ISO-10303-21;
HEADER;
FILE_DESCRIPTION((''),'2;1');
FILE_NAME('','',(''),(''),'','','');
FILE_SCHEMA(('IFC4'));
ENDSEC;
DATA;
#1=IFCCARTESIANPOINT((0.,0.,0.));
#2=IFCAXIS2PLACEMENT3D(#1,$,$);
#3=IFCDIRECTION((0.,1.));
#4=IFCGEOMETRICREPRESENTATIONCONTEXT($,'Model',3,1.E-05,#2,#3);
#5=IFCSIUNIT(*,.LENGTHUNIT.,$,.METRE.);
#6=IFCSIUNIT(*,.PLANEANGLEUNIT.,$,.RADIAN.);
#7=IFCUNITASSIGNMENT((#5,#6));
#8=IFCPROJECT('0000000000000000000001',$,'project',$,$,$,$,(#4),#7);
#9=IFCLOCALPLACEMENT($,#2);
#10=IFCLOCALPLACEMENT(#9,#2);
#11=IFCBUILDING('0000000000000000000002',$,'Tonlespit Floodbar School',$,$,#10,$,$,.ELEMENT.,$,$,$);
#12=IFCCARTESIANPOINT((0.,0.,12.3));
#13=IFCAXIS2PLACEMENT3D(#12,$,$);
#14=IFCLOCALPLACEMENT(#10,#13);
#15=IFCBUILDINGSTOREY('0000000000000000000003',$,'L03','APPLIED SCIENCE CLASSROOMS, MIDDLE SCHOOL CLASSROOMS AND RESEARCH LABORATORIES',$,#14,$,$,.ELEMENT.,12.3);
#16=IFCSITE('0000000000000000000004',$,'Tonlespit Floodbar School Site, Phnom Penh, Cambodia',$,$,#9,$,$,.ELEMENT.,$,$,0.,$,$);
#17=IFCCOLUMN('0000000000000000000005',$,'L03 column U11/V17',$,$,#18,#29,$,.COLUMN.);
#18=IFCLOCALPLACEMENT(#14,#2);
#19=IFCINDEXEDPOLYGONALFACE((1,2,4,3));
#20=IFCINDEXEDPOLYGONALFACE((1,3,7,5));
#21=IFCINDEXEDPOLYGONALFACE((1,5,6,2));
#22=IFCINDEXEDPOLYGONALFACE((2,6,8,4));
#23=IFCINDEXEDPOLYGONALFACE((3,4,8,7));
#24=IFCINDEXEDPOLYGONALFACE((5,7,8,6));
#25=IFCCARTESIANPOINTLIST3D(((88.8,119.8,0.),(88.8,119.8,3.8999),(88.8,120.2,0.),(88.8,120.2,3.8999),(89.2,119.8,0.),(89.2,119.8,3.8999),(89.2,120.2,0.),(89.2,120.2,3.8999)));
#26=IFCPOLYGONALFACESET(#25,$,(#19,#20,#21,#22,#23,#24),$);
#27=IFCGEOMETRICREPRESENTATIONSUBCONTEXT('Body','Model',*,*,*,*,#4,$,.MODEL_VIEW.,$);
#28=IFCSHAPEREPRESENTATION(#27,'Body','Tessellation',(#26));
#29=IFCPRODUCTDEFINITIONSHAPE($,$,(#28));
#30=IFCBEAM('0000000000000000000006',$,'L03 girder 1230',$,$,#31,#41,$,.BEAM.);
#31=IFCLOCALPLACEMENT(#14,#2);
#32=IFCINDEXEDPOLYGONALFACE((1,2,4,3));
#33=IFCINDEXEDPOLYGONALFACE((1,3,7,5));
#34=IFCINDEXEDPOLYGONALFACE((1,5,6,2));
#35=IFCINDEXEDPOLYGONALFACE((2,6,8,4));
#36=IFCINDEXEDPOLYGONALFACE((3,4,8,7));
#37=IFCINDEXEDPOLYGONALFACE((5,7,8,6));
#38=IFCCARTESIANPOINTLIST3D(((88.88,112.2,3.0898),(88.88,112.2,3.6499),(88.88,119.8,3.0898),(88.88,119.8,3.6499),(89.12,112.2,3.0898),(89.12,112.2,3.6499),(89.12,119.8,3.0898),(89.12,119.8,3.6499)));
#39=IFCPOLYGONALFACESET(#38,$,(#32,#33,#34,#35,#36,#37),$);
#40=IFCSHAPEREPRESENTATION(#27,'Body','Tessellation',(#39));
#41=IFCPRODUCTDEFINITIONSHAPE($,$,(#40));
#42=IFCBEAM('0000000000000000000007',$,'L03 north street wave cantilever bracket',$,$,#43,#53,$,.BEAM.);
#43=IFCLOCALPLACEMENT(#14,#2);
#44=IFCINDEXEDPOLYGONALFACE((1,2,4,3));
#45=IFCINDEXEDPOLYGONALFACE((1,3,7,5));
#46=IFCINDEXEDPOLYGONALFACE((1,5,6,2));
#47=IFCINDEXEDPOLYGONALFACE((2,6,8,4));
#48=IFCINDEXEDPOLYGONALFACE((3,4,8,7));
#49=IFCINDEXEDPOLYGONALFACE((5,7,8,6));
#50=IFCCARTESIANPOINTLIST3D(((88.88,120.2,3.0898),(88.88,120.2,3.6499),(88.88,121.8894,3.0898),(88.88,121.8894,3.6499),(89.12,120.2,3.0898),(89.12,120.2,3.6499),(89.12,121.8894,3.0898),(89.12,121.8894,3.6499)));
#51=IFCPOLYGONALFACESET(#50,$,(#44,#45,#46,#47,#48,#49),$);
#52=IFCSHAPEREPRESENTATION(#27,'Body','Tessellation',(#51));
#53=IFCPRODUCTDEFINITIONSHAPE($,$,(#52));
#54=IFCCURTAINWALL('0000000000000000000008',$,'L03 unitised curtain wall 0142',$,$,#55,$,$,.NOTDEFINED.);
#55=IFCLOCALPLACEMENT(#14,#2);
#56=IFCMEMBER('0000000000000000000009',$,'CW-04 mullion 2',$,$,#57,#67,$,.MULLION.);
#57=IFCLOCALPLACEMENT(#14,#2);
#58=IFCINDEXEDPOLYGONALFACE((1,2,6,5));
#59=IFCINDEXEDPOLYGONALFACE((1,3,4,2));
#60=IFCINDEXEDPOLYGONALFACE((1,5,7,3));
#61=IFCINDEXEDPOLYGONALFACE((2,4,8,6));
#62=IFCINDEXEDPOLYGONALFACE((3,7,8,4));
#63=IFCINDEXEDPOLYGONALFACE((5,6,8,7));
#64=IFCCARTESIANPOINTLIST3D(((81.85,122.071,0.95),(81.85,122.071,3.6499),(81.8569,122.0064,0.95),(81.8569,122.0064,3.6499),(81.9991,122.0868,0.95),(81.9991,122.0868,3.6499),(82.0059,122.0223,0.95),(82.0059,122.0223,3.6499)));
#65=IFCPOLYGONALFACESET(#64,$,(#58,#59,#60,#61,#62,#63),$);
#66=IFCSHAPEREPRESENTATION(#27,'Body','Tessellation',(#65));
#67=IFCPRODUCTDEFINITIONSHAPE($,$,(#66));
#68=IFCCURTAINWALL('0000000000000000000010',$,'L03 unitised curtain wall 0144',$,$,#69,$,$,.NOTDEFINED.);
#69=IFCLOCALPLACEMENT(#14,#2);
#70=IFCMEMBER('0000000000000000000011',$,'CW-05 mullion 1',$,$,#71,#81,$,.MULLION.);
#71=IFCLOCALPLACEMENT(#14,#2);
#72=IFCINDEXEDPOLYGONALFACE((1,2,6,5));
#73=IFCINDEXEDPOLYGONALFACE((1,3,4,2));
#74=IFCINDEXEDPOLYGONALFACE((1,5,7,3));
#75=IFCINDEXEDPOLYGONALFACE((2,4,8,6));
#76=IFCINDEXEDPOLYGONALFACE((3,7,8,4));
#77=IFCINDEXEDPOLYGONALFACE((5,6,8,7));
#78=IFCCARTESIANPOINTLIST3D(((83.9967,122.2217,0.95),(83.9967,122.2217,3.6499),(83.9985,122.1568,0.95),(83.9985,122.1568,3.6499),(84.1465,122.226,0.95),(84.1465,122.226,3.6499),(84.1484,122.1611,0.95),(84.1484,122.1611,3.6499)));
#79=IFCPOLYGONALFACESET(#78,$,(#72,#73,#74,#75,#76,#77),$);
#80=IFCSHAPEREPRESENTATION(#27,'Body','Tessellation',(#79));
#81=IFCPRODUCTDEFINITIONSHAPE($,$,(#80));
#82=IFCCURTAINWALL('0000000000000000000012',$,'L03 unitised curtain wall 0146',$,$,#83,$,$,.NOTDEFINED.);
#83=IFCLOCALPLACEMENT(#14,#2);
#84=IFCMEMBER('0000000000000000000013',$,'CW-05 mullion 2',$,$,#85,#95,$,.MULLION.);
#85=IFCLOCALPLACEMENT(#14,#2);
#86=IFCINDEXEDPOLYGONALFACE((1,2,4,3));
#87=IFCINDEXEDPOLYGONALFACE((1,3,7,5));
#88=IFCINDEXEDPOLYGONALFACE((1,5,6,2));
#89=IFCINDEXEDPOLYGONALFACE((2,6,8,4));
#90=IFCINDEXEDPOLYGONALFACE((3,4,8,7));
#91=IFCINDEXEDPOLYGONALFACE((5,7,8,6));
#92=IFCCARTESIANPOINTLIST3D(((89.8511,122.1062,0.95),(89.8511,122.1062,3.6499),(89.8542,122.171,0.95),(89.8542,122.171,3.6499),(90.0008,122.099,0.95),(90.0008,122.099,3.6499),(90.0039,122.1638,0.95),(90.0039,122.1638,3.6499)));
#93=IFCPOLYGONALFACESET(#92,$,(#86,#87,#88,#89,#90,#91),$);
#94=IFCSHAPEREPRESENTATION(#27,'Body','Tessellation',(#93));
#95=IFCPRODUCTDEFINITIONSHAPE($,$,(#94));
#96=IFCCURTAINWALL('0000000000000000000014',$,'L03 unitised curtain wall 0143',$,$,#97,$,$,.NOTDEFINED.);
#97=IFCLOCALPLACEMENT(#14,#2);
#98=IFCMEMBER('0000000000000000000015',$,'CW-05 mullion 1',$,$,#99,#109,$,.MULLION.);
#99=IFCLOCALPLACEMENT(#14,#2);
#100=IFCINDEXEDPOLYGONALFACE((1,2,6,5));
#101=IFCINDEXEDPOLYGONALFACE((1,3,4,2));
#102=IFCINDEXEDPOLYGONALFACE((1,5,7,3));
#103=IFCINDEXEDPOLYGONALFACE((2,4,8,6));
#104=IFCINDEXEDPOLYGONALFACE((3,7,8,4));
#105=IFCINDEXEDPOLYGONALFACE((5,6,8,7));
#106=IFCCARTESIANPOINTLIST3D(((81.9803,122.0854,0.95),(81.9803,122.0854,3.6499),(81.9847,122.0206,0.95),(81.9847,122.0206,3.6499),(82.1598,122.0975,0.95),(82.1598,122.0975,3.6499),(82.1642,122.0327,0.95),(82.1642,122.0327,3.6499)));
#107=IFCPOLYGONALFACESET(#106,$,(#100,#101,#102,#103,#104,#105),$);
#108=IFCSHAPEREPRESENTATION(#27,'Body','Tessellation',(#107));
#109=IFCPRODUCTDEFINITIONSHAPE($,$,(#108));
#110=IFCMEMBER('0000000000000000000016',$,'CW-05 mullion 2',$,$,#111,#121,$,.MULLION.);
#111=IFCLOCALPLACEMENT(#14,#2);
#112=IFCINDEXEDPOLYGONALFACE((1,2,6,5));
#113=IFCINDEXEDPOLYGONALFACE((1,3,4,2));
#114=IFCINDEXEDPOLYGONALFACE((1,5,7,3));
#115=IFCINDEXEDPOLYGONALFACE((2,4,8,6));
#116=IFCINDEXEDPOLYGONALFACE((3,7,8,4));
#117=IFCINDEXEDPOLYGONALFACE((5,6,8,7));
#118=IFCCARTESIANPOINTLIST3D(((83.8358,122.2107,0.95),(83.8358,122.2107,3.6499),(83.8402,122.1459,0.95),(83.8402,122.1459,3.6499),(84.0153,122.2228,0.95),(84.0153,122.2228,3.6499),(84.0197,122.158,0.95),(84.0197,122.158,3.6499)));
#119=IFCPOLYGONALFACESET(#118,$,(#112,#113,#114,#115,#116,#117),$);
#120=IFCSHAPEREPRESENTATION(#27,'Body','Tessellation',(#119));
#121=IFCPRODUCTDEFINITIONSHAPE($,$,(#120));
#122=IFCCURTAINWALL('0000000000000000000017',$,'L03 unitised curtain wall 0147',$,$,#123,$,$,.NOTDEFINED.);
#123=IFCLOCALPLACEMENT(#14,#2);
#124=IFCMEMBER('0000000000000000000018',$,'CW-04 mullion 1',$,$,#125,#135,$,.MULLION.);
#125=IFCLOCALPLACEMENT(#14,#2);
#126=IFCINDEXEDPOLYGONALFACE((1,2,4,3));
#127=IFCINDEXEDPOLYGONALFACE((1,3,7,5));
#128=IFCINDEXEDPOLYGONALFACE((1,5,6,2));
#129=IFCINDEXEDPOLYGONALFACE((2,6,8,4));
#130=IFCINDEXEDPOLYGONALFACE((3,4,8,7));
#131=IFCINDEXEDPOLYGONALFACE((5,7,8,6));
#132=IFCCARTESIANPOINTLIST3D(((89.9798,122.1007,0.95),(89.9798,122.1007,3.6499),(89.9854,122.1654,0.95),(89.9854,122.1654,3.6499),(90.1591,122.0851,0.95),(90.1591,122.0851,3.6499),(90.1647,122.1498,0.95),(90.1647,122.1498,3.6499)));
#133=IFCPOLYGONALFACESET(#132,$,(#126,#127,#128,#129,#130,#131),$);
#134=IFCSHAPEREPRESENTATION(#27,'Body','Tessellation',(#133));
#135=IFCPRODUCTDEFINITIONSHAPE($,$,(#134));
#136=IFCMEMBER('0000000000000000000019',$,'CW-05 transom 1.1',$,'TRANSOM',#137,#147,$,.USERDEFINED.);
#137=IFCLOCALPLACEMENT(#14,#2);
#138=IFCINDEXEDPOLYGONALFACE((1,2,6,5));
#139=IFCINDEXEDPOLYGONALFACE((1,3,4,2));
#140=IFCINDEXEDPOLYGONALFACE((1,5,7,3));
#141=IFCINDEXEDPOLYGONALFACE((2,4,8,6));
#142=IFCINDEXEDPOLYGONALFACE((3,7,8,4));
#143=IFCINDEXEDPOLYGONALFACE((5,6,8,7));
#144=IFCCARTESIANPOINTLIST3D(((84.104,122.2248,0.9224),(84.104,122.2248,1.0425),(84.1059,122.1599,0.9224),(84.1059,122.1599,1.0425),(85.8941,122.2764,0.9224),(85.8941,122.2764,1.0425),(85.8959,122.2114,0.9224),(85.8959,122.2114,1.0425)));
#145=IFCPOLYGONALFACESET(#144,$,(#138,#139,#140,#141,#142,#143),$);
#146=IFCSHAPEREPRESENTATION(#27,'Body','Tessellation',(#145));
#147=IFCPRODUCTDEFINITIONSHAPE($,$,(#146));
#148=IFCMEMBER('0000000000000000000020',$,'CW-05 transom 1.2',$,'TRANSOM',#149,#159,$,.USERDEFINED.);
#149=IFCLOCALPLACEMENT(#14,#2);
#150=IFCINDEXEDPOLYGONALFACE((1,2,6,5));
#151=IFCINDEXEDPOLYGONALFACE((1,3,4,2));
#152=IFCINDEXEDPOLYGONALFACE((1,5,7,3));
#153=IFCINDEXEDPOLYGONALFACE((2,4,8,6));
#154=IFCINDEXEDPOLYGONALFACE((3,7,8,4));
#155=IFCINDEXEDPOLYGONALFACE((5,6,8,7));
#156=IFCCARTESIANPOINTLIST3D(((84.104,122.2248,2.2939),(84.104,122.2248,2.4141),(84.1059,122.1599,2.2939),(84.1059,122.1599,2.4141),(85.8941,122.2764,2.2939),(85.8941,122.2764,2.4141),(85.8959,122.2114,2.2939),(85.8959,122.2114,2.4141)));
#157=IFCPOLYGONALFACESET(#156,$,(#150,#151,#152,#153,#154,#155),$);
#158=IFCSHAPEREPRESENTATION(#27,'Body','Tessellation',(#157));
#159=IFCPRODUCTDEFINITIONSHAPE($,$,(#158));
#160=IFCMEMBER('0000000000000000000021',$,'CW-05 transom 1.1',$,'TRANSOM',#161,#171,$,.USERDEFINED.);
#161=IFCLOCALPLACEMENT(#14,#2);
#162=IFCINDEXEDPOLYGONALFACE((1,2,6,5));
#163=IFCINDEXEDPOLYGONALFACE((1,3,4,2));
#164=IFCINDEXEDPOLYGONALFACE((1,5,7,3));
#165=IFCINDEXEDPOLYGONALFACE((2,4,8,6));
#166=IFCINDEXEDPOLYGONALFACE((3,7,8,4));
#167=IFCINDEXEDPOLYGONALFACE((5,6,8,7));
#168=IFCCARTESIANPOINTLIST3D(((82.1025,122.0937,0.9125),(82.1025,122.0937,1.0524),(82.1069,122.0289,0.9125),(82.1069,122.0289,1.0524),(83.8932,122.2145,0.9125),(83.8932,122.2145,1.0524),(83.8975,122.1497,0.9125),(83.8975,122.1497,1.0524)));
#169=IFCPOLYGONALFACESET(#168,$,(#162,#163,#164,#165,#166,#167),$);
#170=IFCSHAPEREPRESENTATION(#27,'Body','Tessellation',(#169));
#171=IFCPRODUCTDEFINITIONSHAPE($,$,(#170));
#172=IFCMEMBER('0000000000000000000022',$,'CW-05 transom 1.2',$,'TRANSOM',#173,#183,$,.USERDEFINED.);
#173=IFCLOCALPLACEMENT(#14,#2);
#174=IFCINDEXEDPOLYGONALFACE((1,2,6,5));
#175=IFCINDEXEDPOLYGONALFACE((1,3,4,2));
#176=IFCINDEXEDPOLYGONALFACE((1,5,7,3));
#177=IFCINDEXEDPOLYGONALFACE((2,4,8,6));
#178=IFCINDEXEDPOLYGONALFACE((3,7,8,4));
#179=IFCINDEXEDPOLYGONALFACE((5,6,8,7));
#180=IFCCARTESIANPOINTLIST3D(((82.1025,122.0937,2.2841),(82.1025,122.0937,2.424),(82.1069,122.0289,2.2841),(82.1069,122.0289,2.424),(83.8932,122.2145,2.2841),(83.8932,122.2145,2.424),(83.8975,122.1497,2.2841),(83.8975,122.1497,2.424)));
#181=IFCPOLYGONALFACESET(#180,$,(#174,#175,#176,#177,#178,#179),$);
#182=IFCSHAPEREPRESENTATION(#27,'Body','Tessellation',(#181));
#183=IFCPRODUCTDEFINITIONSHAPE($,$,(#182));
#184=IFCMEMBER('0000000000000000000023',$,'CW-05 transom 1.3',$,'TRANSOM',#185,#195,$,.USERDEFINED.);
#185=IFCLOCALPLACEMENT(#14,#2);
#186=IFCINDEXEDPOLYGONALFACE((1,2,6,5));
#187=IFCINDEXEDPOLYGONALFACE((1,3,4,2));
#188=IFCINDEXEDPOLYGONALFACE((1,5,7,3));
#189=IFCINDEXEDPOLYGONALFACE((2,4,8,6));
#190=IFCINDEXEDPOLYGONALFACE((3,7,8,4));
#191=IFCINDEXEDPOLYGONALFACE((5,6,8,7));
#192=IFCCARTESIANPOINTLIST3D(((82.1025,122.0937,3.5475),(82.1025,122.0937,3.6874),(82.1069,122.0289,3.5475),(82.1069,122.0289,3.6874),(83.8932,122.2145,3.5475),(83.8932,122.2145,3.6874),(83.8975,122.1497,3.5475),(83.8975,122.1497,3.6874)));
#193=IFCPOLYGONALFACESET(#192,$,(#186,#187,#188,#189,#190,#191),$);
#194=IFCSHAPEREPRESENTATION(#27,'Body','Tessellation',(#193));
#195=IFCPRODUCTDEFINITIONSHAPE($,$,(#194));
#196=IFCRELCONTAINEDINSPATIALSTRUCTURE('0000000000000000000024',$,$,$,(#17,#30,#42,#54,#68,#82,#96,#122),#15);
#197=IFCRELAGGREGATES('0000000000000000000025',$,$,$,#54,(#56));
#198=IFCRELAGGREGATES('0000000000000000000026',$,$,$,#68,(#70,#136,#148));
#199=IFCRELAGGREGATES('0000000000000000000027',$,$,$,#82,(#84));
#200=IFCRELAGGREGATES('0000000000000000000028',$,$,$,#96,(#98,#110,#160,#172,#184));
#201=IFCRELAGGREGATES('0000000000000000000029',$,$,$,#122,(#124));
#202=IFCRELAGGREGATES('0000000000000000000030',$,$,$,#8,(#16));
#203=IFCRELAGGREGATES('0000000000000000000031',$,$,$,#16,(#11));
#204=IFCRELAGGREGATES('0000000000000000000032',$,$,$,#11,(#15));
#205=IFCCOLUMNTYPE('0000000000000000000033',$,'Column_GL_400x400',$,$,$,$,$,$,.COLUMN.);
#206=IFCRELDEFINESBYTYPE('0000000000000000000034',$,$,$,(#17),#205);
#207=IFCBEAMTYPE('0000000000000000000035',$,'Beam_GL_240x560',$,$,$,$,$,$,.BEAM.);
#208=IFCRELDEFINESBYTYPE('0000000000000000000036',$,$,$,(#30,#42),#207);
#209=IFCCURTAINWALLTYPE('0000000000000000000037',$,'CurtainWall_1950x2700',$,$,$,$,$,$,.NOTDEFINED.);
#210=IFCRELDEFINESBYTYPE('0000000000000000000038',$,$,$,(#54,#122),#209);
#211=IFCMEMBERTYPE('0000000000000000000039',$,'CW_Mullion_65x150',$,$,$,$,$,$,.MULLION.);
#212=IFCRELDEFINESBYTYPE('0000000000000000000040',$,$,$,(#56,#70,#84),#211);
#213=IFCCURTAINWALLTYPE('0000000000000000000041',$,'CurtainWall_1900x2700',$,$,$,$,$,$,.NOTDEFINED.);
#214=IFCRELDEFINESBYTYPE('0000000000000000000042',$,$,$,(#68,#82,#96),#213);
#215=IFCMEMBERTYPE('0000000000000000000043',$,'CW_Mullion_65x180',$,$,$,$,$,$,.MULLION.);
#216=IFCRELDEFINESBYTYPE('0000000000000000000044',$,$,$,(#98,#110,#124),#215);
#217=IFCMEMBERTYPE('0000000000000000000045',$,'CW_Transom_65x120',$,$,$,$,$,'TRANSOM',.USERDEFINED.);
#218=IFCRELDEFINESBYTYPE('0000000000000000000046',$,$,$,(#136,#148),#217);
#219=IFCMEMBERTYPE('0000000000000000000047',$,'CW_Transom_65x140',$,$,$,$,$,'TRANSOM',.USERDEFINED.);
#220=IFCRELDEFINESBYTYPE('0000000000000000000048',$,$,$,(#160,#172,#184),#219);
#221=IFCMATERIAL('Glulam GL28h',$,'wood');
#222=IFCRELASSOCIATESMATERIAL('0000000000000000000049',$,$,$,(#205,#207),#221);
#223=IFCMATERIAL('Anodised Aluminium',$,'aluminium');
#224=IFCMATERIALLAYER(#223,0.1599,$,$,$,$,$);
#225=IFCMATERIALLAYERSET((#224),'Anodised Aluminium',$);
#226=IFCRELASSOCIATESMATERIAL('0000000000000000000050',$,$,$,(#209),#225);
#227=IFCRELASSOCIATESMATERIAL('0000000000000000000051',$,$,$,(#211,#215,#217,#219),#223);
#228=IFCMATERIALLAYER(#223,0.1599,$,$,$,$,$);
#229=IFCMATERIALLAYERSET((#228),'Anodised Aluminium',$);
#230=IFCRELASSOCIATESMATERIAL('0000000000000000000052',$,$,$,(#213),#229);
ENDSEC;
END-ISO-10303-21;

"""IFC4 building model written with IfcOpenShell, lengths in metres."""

from ifc_helpers import new_model, si_unit, direction, frame, origin, origin_2d, place, context, subcontext, project, spatial, rectangle, extrude, material, layer, layer_set, material_profile, profile_set, type_object, element, aggregate, save


model = new_model("IFC4")

# Units and contexts
model_context = context("Model", 3, precision=1e-05, world=origin(), true_north=direction((0.0, 1.0)))
body_context = subcontext(model_context, "Body", "Model", "MODEL_VIEW")
ifc_project = project(units=[si_unit("LENGTHUNIT", "METRE"), si_unit("PLANEANGLEUNIT", "RADIAN")], contexts=[model_context])

# Site, building, storey
site_placement = place(None, origin())
site = spatial("IfcSite", under=ifc_project, at=site_placement, Name="Tonlespit Floodbar School Site, Phnom Penh, Cambodia", CompositionType="ELEMENT", RefElevation=0.0)
building_placement = place(site_placement, origin())
building = spatial("IfcBuilding", under=site, at=building_placement, Name="Tonlespit Floodbar School", CompositionType="ELEMENT")
storey_placement = place(building_placement, frame((0.0, 0.0, 12.3)))
storey = spatial("IfcBuildingStorey", under=building, at=storey_placement, Name="L03", Description="APPLIED SCIENCE CLASSROOMS, MIDDLE SCHOOL CLASSROOMS AND RESEARCH LABORATORIES", CompositionType="ELEMENT", Elevation=12.3)

# Column
ifc_material_1 = material(Name="Glulam GL28h", Category="wood")
ifc_material_profile_1 = material_profile(ifc_material_1, rectangle(XDim=0.3999, YDim=0.3999, at=origin_2d()), Name="GL 400x400")
ifc_profile_set_1 = profile_set([ifc_material_profile_1], Name="Glulam GL28h")
column_type = type_object("IfcColumnType", Name="Column_GL_400x400", PredefinedType="COLUMN", material=ifc_profile_set_1)
column_placement = place(storey_placement, frame((89.0, 120.0, 0.0), z_axis=(0.0, 0.0, 1.0), x_axis=(1.0, 0.0, 0.0)))
element("IfcColumn", 1, at=column_placement, inside=storey, type_object=column_type, Name="L03 column U11/V17", PredefinedType="COLUMN", context=body_context, shape_type="SweptSolid", body=[
    extrude(rectangle(XDim=0.3999, YDim=0.3999, at=origin_2d()), origin(), (0.0, 0.0, 1.0), 3.8999),
])

# Beams
ifc_material_profile_2 = material_profile(ifc_material_1, rectangle(XDim=0.24, YDim=0.5601, at=origin_2d()), Name="GL 240x560")
ifc_profile_set_2 = profile_set([ifc_material_profile_2], Name="Glulam GL28h")
beam_type_1 = type_object("IfcBeamType", Name="Beam_GL_240x560", PredefinedType="BEAM", material=ifc_profile_set_2)
beam_1_placement = place(storey_placement, frame((89.0, 112.2, 3.3699), z_axis=(0.0, 1.0, 0.0), x_axis=(-1.0, 0.0, 0.0)))
element("IfcBeam", 2, at=beam_1_placement, inside=storey, type_object=beam_type_1, Name="L03 girder 1230", PredefinedType="BEAM", context=body_context, shape_type="SweptSolid", body=[
    extrude(rectangle(XDim=0.24, YDim=0.5601, at=origin_2d()), origin(), (0.0, 0.0, 1.0), 7.6001),
])
beam_2_placement = place(storey_placement, frame((89.0, 120.2, 3.3699), z_axis=(0.0, 1.0, 0.0), x_axis=(-1.0, 0.0, 0.0)))
element("IfcBeam", 3, at=beam_2_placement, inside=storey, type_object=beam_type_1, Name="L03 north street wave cantilever bracket", PredefinedType="BEAM", context=body_context, shape_type="SweptSolid", body=[
    extrude(rectangle(XDim=0.24, YDim=0.5601, at=origin_2d()), origin(), (0.0, 0.0, 1.0), 1.6895),
])

# Curtain walls, members
ifc_material_2 = material(Name="Anodised Aluminium", Category="aluminium")
ifc_layer_1 = layer(ifc_material_2, 0.1599)
ifc_layer_set_1 = layer_set([ifc_layer_1], Name="Anodised Aluminium")
curtain_wall_type_1 = type_object("IfcCurtainWallType", Name="CurtainWall_1950x2700", PredefinedType="NOTDEFINED", material=ifc_layer_set_1)
curtain_wall_1_placement = place(storey_placement, origin())
curtain_wall_1 = element("IfcCurtainWall", 4, at=curtain_wall_1_placement, inside=storey, type_object=curtain_wall_type_1, Name="L03 unitised curtain wall 0142", PredefinedType="NOTDEFINED")
ifc_material_profile_3 = material_profile(ifc_material_2, rectangle(XDim=0.0649, YDim=0.1499, at=origin_2d()), Name="ALU M65x150")
ifc_profile_set_3 = profile_set([ifc_material_profile_3], Name="Anodised Aluminium")
member_type_1 = type_object("IfcMemberType", Name="CW_Mullion_65x150", PredefinedType="MULLION", material=ifc_profile_set_3)
member_1_placement = place(storey_placement, frame((81.928, 122.0466, 0.95), z_axis=(0.0, 0.0, 1.0), x_axis=(-0.105787, 0.994389, 0.0)))
member_1 = element("IfcMember", 5, at=member_1_placement, type_object=member_type_1, Name="CW-04 mullion 2", PredefinedType="MULLION", context=body_context, shape_type="SweptSolid", body=[
    extrude(rectangle(XDim=0.0649, YDim=0.1499, at=origin_2d()), origin(), (0.0, 0.0, 1.0), 2.7),
])
aggregate(curtain_wall_1, [member_1])
ifc_layer_2 = layer(ifc_material_2, 0.1599)
ifc_layer_set_2 = layer_set([ifc_layer_2], Name="Anodised Aluminium")
curtain_wall_type_2 = type_object("IfcCurtainWallType", Name="CurtainWall_1900x2700", PredefinedType="NOTDEFINED", material=ifc_layer_set_2)
curtain_wall_2_placement = place(storey_placement, origin())
curtain_wall_2 = element("IfcCurtainWall", 6, at=curtain_wall_2_placement, inside=storey, type_object=curtain_wall_type_2, Name="L03 unitised curtain wall 0144", PredefinedType="NOTDEFINED")
member_2_placement = place(storey_placement, frame((84.0725, 122.1914, 0.95), z_axis=(0.0, 0.0, 1.0), x_axis=(-0.02879, 0.999585, 0.0)))
member_2 = element("IfcMember", 7, at=member_2_placement, type_object=member_type_1, Name="CW-05 mullion 1", PredefinedType="MULLION", context=body_context, shape_type="SweptSolid", body=[
    extrude(rectangle(XDim=0.0649, YDim=0.1499, at=origin_2d()), origin(), (0.0, 0.0, 1.0), 2.7),
])
curtain_wall_3_placement = place(storey_placement, origin())
curtain_wall_3 = element("IfcCurtainWall", 8, at=curtain_wall_3_placement, inside=storey, type_object=curtain_wall_type_2, Name="L03 unitised curtain wall 0146", PredefinedType="NOTDEFINED")
member_3_placement = place(storey_placement, frame((89.9275, 122.135, 0.95), z_axis=(0.0, 0.0, 1.0), x_axis=(0.048121, 0.998842, 0.0)))
member_3 = element("IfcMember", 9, at=member_3_placement, type_object=member_type_1, Name="CW-05 mullion 2", PredefinedType="MULLION", context=body_context, shape_type="SweptSolid", body=[
    extrude(rectangle(XDim=0.0649, YDim=0.1499, at=origin_2d()), origin(), (0.0, 0.0, 1.0), 2.7),
])

# Curtain wall, members
curtain_wall_4_placement = place(storey_placement, origin())
curtain_wall_4 = element("IfcCurtainWall", 10, at=curtain_wall_4_placement, inside=storey, type_object=curtain_wall_type_2, Name="L03 unitised curtain wall 0143", PredefinedType="NOTDEFINED")
ifc_material_profile_4 = material_profile(ifc_material_2, rectangle(XDim=0.0649, YDim=0.1799, at=origin_2d()), Name="ALU M65x180")
ifc_profile_set_4 = profile_set([ifc_material_profile_4], Name="Anodised Aluminium")
member_type_2 = type_object("IfcMemberType", Name="CW_Mullion_65x180", PredefinedType="MULLION", material=ifc_profile_set_4)
member_4_placement = place(storey_placement, frame((82.0723, 122.0591, 0.95), z_axis=(0.0, 0.0, 1.0), x_axis=(-0.06734, 0.99773, 0.0)))
member_4 = element("IfcMember", 11, at=member_4_placement, type_object=member_type_2, Name="CW-05 mullion 1", PredefinedType="MULLION", context=body_context, shape_type="SweptSolid", body=[
    extrude(rectangle(XDim=0.0649, YDim=0.1799, at=origin_2d()), origin(), (0.0, 0.0, 1.0), 2.7),
])
member_5_placement = place(storey_placement, frame((83.9277, 122.1843, 0.95), z_axis=(0.0, 0.0, 1.0), x_axis=(-0.06734, 0.99773, 0.0)))
member_5 = element("IfcMember", 12, at=member_5_placement, type_object=member_type_2, Name="CW-05 mullion 2", PredefinedType="MULLION", context=body_context, shape_type="SweptSolid", body=[
    extrude(rectangle(XDim=0.0649, YDim=0.1799, at=origin_2d()), origin(), (0.0, 0.0, 1.0), 2.7),
])

# Curtain wall, member
curtain_wall_5_placement = place(storey_placement, origin())
curtain_wall_5 = element("IfcCurtainWall", 13, at=curtain_wall_5_placement, inside=storey, type_object=curtain_wall_type_1, Name="L03 unitised curtain wall 0147", PredefinedType="NOTDEFINED")
member_6_placement = place(storey_placement, frame((90.0723, 122.1252, 0.95), z_axis=(0.0, 0.0, 1.0), x_axis=(0.086531, 0.996249, 0.0)))
member_6 = element("IfcMember", 14, at=member_6_placement, type_object=member_type_2, Name="CW-04 mullion 1", PredefinedType="MULLION", context=body_context, shape_type="SweptSolid", body=[
    extrude(rectangle(XDim=0.0649, YDim=0.1799, at=origin_2d()), origin(), (0.0, 0.0, 1.0), 2.7),
])

# Members
ifc_material_profile_5 = material_profile(ifc_material_2, rectangle(XDim=0.0649, YDim=0.1201, at=origin_2d()), Name="ALU T65x120")
ifc_profile_set_5 = profile_set([ifc_material_profile_5], Name="Anodised Aluminium")
member_type_3 = type_object("IfcMemberType", Name="CW_Transom_65x120", ElementType="TRANSOM", PredefinedType="USERDEFINED", material=ifc_profile_set_5)
member_7_placement = place(storey_placement, frame((84.105, 122.1924, 0.9824), z_axis=(0.999586, 0.028766, 0.0), x_axis=(-0.028766, 0.999586, 0.0)))
member_7 = element("IfcMember", 15, at=member_7_placement, type_object=member_type_3, Name="CW-05 transom 1.1", ObjectType="TRANSOM", PredefinedType="USERDEFINED", context=body_context, shape_type="SweptSolid", body=[
    extrude(rectangle(XDim=0.0649, YDim=0.1201, at=origin_2d()), origin(), (0.0, 0.0, 1.0), 1.7908),
])
member_8_placement = place(storey_placement, frame((84.105, 122.1924, 2.354), z_axis=(0.999586, 0.028766, 0.0), x_axis=(-0.028766, 0.999586, 0.0)))
member_8 = element("IfcMember", 16, at=member_8_placement, type_object=member_type_3, Name="CW-05 transom 1.2", ObjectType="TRANSOM", PredefinedType="USERDEFINED", context=body_context, shape_type="SweptSolid", body=[
    extrude(rectangle(XDim=0.0649, YDim=0.1201, at=origin_2d()), origin(), (0.0, 0.0, 1.0), 1.7908),
])
aggregate(curtain_wall_2, [member_2, member_7, member_8])
ifc_material_profile_6 = material_profile(ifc_material_2, rectangle(XDim=0.0649, YDim=0.1399, at=origin_2d()), Name="ALU T65x140")
ifc_profile_set_6 = profile_set([ifc_material_profile_6], Name="Anodised Aluminium")
member_type_4 = type_object("IfcMemberType", Name="CW_Transom_65x140", ElementType="TRANSOM", PredefinedType="USERDEFINED", material=ifc_profile_set_6)
member_9_placement = place(storey_placement, frame((82.1047, 122.0613, 0.9824), z_axis=(0.99773, 0.067341, 0.0), x_axis=(-0.067341, 0.99773, 0.0)))
member_9 = element("IfcMember", 17, at=member_9_placement, type_object=member_type_4, Name="CW-05 transom 1.1", ObjectType="TRANSOM", PredefinedType="USERDEFINED", context=body_context, shape_type="SweptSolid", body=[
    extrude(rectangle(XDim=0.0649, YDim=0.1399, at=origin_2d()), origin(), (0.0, 0.0, 1.0), 1.7947),
])
member_10_placement = place(storey_placement, frame((82.1047, 122.0613, 2.354), z_axis=(0.99773, 0.067341, 0.0), x_axis=(-0.067341, 0.99773, 0.0)))
member_10 = element("IfcMember", 18, at=member_10_placement, type_object=member_type_4, Name="CW-05 transom 1.2", ObjectType="TRANSOM", PredefinedType="USERDEFINED", context=body_context, shape_type="SweptSolid", body=[
    extrude(rectangle(XDim=0.0649, YDim=0.1399, at=origin_2d()), origin(), (0.0, 0.0, 1.0), 1.7947),
])
member_11_placement = place(storey_placement, frame((82.1047, 122.0613, 3.6174), z_axis=(0.99773, 0.067341, 0.0), x_axis=(-0.067341, 0.99773, 0.0)))
member_11 = element("IfcMember", 19, at=member_11_placement, type_object=member_type_4, Name="CW-05 transom 1.3", ObjectType="TRANSOM", PredefinedType="USERDEFINED", context=body_context, shape_type="SweptSolid", body=[
    extrude(rectangle(XDim=0.0649, YDim=0.1399, at=origin_2d()), origin(), (0.0, 0.0, 1.0), 1.7947),
])

aggregate(curtain_wall_3, [member_3])
aggregate(curtain_wall_4, [member_4, member_5, member_9, member_10, member_11])
aggregate(curtain_wall_5, [member_6])

save(model, "model.ifc")
